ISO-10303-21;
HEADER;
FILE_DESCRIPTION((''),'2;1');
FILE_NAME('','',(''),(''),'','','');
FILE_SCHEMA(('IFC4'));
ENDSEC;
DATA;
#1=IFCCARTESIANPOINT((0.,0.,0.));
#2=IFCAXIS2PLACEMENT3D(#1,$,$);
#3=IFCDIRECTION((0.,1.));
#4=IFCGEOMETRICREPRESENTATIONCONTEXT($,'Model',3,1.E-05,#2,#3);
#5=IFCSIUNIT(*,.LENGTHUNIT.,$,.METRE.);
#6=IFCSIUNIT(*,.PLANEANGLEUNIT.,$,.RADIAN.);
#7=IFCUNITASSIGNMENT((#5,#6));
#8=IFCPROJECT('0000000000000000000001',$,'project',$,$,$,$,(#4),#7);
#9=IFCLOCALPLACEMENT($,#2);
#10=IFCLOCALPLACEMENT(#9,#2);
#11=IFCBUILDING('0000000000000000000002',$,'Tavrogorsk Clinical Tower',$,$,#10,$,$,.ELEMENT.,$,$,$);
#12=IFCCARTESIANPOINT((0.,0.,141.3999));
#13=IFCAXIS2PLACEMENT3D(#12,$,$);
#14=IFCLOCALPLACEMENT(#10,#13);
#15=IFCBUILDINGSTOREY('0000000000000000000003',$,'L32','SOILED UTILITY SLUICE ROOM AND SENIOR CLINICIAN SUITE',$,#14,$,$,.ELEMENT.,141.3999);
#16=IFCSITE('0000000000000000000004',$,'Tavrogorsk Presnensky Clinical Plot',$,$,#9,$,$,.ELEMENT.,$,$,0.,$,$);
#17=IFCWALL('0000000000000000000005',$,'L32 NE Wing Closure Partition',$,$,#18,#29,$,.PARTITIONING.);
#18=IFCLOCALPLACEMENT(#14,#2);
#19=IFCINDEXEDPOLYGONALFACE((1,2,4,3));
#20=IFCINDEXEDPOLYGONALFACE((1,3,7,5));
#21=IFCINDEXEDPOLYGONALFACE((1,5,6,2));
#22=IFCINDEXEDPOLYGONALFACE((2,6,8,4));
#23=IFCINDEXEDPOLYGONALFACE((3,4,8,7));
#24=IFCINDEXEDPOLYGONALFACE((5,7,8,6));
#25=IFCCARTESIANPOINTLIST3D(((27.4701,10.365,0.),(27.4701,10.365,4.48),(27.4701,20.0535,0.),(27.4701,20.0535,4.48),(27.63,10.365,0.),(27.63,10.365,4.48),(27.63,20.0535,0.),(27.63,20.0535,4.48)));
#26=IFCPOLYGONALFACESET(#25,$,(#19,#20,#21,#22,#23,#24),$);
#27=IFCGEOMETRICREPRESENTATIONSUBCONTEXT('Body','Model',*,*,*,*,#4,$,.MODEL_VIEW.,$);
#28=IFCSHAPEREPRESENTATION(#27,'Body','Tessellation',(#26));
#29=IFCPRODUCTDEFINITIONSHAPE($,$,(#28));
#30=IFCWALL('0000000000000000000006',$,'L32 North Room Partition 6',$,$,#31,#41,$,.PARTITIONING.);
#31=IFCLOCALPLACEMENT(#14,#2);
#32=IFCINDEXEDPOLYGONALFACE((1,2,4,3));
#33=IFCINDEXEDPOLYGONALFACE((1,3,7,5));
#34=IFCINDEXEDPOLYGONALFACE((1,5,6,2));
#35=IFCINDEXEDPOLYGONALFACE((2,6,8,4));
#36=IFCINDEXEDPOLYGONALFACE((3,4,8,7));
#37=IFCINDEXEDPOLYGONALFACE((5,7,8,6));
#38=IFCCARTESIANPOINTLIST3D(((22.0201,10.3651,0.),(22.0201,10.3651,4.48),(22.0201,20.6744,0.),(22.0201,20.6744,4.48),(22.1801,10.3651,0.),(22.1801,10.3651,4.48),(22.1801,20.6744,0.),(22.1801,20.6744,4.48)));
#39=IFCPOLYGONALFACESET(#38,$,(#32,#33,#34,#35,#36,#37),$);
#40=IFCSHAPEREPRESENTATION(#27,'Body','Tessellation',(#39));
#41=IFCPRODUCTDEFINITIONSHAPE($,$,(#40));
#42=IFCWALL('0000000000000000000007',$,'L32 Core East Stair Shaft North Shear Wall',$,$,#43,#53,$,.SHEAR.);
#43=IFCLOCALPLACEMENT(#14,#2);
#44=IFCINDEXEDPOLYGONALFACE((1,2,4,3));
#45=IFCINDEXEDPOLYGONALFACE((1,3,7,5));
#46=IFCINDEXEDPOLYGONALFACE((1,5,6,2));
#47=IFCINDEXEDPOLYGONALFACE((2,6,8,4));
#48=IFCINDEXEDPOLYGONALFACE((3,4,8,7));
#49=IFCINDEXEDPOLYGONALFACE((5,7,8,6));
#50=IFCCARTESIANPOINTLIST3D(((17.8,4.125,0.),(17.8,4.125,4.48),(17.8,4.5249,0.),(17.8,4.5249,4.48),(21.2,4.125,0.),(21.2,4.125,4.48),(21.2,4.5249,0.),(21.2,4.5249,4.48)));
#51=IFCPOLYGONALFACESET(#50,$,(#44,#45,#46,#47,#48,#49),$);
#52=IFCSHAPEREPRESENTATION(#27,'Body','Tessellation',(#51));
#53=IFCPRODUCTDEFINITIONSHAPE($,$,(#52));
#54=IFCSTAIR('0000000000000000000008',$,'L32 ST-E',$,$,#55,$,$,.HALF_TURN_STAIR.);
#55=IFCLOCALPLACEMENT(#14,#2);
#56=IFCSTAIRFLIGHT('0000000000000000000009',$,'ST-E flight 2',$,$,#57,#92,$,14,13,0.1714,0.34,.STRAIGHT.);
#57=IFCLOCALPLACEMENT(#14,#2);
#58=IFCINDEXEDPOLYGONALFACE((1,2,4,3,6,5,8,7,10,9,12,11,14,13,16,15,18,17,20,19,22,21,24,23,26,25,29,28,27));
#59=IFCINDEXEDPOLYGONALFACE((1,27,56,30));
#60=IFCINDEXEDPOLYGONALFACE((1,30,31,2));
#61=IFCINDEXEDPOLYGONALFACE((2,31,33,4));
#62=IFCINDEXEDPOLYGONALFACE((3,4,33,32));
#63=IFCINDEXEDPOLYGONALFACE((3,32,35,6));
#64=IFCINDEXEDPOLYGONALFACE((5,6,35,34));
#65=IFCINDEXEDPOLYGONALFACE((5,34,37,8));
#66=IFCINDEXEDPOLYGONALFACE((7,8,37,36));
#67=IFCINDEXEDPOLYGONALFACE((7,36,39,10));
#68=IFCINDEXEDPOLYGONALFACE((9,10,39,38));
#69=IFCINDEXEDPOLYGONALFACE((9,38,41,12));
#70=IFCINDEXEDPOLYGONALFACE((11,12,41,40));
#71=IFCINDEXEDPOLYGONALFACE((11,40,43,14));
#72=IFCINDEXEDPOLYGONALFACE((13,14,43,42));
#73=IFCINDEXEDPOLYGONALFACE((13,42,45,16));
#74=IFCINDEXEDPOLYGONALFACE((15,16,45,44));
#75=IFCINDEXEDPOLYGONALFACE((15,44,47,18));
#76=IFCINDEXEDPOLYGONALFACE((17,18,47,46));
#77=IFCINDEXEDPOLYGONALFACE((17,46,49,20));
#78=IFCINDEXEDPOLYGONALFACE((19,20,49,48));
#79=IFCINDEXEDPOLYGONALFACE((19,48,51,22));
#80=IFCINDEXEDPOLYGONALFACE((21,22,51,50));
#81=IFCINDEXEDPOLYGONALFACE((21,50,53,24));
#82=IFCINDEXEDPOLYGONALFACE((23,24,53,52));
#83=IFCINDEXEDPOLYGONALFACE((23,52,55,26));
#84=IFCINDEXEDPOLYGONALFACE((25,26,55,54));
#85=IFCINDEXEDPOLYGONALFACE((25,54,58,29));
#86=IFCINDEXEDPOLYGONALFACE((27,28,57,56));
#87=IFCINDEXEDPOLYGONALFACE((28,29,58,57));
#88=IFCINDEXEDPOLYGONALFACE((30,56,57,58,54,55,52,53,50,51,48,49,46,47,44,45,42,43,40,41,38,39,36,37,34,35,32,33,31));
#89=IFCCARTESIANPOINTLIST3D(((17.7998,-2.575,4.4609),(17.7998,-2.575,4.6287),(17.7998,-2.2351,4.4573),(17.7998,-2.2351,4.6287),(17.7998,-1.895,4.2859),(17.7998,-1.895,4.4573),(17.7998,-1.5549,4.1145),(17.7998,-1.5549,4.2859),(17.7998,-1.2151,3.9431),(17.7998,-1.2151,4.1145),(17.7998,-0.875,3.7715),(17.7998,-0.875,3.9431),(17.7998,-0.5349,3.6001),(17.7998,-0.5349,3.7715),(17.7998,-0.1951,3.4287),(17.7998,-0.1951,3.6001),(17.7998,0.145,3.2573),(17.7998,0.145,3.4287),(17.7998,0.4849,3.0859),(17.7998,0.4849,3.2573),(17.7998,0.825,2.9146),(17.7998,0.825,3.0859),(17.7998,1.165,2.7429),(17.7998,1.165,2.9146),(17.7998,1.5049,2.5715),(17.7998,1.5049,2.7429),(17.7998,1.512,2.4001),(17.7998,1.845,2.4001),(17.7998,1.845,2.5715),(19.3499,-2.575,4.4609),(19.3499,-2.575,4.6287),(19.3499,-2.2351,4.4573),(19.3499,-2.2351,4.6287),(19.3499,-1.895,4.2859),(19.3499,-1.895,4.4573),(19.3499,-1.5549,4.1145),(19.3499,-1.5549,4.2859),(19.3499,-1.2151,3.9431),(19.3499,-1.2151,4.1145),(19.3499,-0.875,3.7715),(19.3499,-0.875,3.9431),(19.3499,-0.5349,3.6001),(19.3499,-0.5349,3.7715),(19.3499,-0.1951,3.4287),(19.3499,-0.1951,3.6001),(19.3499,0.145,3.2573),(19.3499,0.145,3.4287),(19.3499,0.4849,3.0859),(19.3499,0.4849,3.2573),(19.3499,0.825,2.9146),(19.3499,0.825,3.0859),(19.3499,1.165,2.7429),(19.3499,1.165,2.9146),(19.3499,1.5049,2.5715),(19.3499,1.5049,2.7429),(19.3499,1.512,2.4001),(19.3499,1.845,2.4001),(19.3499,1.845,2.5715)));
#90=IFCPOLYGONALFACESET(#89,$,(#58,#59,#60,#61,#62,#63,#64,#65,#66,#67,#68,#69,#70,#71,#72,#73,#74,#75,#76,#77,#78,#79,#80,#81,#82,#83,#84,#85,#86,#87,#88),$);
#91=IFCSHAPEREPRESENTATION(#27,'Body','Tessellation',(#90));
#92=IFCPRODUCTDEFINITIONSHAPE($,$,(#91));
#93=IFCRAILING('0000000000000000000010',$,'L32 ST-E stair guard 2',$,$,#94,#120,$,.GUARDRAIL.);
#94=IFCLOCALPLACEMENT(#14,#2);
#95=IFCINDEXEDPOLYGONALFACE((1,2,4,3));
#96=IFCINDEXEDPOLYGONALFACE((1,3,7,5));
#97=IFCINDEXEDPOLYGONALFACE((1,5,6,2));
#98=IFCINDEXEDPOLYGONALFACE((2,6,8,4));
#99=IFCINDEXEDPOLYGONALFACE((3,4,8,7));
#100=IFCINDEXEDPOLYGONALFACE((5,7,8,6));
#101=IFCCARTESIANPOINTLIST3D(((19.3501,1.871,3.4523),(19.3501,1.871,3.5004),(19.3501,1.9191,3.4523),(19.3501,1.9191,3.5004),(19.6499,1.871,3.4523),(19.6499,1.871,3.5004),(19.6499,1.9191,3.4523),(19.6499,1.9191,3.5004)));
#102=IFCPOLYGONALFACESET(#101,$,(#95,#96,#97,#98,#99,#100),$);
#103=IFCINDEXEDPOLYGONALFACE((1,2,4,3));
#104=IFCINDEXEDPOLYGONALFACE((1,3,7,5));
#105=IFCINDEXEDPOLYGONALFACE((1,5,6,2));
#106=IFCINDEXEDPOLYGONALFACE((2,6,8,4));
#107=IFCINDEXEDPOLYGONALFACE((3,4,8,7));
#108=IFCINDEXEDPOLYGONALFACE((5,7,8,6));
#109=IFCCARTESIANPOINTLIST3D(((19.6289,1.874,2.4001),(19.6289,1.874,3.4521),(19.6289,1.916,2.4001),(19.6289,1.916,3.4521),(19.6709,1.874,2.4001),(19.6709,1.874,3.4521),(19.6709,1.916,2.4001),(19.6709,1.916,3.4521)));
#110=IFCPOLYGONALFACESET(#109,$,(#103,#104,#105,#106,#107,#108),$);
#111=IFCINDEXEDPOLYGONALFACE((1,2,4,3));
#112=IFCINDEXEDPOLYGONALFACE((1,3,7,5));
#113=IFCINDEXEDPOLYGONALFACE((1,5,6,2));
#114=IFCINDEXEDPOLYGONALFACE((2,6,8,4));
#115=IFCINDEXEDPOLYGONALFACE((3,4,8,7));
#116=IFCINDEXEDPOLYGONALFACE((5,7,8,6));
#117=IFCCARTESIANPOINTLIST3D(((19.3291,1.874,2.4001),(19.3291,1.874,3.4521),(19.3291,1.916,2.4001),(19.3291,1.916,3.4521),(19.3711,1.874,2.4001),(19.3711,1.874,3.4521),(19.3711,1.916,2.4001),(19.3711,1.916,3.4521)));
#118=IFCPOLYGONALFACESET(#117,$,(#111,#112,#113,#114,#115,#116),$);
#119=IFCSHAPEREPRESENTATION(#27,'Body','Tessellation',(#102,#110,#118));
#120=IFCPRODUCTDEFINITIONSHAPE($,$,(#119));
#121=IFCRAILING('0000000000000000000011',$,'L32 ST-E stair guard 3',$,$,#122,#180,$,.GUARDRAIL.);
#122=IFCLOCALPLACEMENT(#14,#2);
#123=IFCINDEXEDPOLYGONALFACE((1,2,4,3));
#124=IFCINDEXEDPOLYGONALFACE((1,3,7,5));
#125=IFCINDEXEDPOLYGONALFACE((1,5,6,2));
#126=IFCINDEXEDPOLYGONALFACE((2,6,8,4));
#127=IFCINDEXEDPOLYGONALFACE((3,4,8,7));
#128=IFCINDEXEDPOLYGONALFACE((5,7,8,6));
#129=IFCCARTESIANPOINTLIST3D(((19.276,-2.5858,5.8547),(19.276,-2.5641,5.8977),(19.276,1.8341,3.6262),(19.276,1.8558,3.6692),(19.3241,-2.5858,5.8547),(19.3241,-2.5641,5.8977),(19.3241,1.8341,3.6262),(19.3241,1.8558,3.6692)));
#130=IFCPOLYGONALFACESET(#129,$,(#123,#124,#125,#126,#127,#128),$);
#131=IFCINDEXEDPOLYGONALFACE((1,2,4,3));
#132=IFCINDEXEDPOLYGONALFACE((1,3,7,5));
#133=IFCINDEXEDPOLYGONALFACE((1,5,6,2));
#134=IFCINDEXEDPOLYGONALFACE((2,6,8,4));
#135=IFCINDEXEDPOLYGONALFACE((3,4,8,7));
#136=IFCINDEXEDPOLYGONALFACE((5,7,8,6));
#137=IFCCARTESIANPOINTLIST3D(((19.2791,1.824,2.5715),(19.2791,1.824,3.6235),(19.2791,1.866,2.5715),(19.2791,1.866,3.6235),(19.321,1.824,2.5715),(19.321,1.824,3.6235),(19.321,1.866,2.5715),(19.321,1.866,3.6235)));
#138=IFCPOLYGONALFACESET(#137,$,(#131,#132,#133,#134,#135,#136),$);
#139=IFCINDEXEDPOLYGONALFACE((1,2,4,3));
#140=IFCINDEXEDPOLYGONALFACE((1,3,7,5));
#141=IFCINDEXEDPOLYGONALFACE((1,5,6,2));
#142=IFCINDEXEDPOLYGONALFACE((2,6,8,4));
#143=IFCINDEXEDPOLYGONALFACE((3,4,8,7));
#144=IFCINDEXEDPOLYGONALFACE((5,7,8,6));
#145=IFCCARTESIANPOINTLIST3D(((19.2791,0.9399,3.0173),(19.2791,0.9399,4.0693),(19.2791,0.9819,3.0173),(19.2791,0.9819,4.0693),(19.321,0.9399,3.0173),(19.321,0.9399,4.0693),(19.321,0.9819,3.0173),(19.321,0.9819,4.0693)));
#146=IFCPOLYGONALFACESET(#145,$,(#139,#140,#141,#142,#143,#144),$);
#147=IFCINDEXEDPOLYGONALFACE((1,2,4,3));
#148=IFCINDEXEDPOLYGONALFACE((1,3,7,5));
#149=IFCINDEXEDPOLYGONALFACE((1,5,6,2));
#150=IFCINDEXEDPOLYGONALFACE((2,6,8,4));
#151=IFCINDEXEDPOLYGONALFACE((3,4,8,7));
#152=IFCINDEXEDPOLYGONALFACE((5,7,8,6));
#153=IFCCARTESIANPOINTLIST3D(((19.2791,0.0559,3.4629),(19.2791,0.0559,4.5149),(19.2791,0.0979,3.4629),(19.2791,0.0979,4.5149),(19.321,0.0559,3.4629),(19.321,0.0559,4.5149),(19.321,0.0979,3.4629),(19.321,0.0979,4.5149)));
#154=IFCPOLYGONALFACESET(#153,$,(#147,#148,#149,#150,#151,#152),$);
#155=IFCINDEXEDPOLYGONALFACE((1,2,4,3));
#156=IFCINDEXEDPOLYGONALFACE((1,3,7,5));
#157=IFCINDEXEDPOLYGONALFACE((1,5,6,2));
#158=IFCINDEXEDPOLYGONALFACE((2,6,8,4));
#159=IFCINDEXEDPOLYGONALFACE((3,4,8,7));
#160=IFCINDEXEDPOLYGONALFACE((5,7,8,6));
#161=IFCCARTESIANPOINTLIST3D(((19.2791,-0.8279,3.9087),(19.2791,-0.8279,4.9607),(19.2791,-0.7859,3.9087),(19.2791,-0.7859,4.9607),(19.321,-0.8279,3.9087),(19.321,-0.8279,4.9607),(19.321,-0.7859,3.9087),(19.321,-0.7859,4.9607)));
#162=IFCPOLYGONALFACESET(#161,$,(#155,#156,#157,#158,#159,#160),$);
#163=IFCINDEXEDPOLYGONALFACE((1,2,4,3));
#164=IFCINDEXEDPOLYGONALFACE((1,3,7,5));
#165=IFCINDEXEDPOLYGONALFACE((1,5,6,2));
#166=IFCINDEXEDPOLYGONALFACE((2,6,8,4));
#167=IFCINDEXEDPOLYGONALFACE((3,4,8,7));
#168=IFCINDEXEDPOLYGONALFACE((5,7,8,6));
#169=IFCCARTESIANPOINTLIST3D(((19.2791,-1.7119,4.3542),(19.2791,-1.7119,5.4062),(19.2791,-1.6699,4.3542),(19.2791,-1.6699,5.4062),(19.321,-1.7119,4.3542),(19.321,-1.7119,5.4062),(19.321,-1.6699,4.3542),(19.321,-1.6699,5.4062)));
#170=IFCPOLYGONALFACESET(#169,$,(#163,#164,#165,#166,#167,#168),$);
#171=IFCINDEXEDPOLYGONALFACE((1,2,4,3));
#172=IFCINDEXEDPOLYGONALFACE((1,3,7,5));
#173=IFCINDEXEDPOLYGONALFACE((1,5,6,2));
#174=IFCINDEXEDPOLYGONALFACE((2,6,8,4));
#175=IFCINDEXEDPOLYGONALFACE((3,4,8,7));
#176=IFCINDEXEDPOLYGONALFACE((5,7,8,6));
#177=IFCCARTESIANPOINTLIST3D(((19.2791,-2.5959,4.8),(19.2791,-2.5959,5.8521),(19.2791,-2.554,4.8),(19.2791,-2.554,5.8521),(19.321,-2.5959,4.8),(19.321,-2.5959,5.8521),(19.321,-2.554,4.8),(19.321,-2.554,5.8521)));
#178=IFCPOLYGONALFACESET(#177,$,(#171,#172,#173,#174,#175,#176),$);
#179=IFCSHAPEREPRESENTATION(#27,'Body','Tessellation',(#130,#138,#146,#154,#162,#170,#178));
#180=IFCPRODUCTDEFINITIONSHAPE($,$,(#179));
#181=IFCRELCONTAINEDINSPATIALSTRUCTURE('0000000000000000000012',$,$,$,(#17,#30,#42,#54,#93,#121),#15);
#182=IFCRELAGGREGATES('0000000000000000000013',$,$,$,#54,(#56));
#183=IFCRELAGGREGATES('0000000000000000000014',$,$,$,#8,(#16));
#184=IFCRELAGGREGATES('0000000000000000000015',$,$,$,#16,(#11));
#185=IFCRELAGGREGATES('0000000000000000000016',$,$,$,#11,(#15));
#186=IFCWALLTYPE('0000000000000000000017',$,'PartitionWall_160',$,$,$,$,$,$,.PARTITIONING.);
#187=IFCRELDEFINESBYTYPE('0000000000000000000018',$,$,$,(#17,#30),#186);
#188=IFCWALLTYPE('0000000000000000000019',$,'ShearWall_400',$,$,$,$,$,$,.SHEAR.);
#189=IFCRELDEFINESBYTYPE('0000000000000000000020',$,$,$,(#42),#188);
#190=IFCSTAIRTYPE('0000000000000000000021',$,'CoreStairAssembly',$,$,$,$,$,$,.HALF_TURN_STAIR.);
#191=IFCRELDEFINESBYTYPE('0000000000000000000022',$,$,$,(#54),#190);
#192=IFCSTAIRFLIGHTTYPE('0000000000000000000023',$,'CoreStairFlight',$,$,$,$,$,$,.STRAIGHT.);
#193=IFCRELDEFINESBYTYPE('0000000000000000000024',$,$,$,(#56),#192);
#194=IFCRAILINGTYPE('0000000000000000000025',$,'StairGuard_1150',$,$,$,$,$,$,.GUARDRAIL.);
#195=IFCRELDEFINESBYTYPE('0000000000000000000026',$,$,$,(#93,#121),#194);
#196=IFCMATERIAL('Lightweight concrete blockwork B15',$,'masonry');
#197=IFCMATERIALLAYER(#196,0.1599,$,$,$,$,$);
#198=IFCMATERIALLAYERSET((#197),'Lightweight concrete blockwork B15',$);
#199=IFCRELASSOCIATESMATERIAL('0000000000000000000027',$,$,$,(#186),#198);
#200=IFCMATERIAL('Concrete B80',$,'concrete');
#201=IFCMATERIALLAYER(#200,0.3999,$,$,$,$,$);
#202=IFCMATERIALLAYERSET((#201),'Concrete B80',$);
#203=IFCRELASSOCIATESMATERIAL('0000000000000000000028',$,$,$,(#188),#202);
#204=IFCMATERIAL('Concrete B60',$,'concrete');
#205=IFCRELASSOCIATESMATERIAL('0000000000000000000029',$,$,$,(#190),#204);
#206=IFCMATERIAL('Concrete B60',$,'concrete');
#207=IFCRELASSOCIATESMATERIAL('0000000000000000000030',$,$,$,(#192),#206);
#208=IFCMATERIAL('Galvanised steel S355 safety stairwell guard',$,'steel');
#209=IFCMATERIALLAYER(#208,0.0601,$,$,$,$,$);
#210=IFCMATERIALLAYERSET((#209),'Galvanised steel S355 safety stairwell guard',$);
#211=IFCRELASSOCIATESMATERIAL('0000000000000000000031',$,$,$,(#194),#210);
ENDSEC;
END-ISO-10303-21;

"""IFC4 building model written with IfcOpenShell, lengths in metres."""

from ifc_helpers import new_model, si_unit, direction, frame, frame_2d, origin, origin_2d, place, context, subcontext, project, spatial, polyline, rectangle, outline, extrude, material, layer, layer_set, type_object, element, aggregate, save


model = new_model("IFC4")

# Units and contexts
model_context = context("Model", 3, precision=1e-05, world=origin(), true_north=direction((0.0, 1.0)))
body_context = subcontext(model_context, "Body", "Model", "MODEL_VIEW")
ifc_project = project(units=[si_unit("LENGTHUNIT", "METRE"), si_unit("PLANEANGLEUNIT", "RADIAN")], contexts=[model_context])

# Site, building, storey
site_placement = place(None, origin())
site = spatial("IfcSite", under=ifc_project, at=site_placement, Name="Tavrogorsk Presnensky Clinical Plot", CompositionType="ELEMENT", RefElevation=0.0)
building_placement = place(site_placement, origin())
building = spatial("IfcBuilding", under=site, at=building_placement, Name="Tavrogorsk Clinical Tower", CompositionType="ELEMENT")
storey_placement = place(building_placement, frame((0.0, 0.0, 141.3999)))
storey = spatial("IfcBuildingStorey", under=building, at=storey_placement, Name="L32", Description="SOILED UTILITY SLUICE ROOM AND SENIOR CLINICIAN SUITE", CompositionType="ELEMENT", Elevation=141.3999)

# Shared definitions
ifc_material_1 = material(Name="Lightweight concrete blockwork B15", Category="masonry")
ifc_layer_1 = layer(ifc_material_1, 0.1599)
ifc_layer_set_1 = layer_set([ifc_layer_1], Name="Lightweight concrete blockwork B15")
wall_type_1 = type_object("IfcWallType", Name="PartitionWall_160", PredefinedType="PARTITIONING", material=ifc_layer_set_1)

# Walls
wall_1_placement = place(storey_placement, frame((27.55, 10.365, 0.0), z_axis=(0.0, 0.0, 1.0), x_axis=(0.0, 1.0, 0.0)))
element("IfcWall", 1, at=wall_1_placement, inside=storey, type_object=wall_type_1, Name="L32 NE Wing Closure Partition", PredefinedType="PARTITIONING", context=body_context, shape_type="SweptSolid", body=[
    extrude(rectangle(XDim=9.6885, YDim=0.1599, at=frame_2d((4.8442, 0.0))), origin(), (0.0, 0.0, 1.0), 4.48),
])
wall_2_placement = place(storey_placement, frame((22.1001, 10.365, 0.0), z_axis=(0.0, 0.0, 1.0), x_axis=(0.0, 1.0, 0.0)))
element("IfcWall", 2, at=wall_2_placement, inside=storey, type_object=wall_type_1, Name="L32 North Room Partition 6", PredefinedType="PARTITIONING", context=body_context, shape_type="SweptSolid", body=[
    extrude(rectangle(XDim=10.3093, YDim=0.1599, at=frame_2d((5.1548, 0.0))), origin(), (0.0, 0.0, 1.0), 4.48),
])
ifc_material_2 = material(Name="Concrete B80", Category="concrete")
ifc_layer_2 = layer(ifc_material_2, 0.3999)
ifc_layer_set_2 = layer_set([ifc_layer_2], Name="Concrete B80")
wall_type_2 = type_object("IfcWallType", Name="ShearWall_400", PredefinedType="SHEAR", material=ifc_layer_set_2)
wall_3_placement = place(storey_placement, frame((17.8, 4.325, 0.0), z_axis=(0.0, 0.0, 1.0), x_axis=(1.0, 0.0, 0.0)))
element("IfcWall", 3, at=wall_3_placement, inside=storey, type_object=wall_type_2, Name="L32 Core East Stair Shaft North Shear Wall", PredefinedType="SHEAR", context=body_context, shape_type="SweptSolid", body=[
    extrude(rectangle(XDim=3.3999, YDim=0.3999, at=frame_2d((1.7, 0.0))), origin(), (0.0, 0.0, 1.0), 4.48),
])

# Stair, stair flight
ifc_material_3 = material(Name="Concrete B60", Category="concrete")
stair_type = type_object("IfcStairType", Name="CoreStairAssembly", PredefinedType="HALF_TURN_STAIR", material=ifc_material_3)
stair_placement = place(storey_placement, origin())
stair = element("IfcStair", 4, at=stair_placement, inside=storey, type_object=stair_type, Name="L32 ST-E", PredefinedType="HALF_TURN_STAIR")
ifc_material_4 = material(Name="Concrete B60", Category="concrete")
stair_flight_type = type_object("IfcStairFlightType", Name="CoreStairFlight", PredefinedType="STRAIGHT", material=ifc_material_4)
stair_flight_placement = place(storey_placement, frame((18.575, 1.845, 2.4001), z_axis=(0.0, 0.0, 1.0), x_axis=(0.0, -1.0, 0.0)))
stair_flight = element("IfcStairFlight", 5, at=stair_flight_placement, type_object=stair_flight_type, Name="ST-E flight 2", NumberOfRisers=14, NumberOfTreads=13, PredefinedType="STRAIGHT", RiserHeight=0.1714, TreadLength=0.34, context=body_context, shape_type="SweptSolid", body=[
    extrude(outline(polyline([(0.0, 0.0), (0.0, 0.1714), (0.3401, 0.1714), (0.3401, 0.3428), (0.6799, 0.3428), (0.6799, 0.5144), (1.02, 0.5144), (1.02, 0.6858), (1.3601, 0.6858), (1.3601, 0.8572), (1.7, 0.8572), (1.7, 1.0286), (2.04, 1.0286), (2.04, 1.2), (2.3799, 1.2), (2.3799, 1.3713), (2.72, 1.3713), (2.72, 1.543), (3.0601, 1.543), (3.0601, 1.7144), (3.3999, 1.7144), (3.3999, 1.8857), (3.74, 1.8857), (3.74, 2.0571), (4.0801, 2.0571), (4.0801, 2.2285), (4.4199, 2.2285), (4.4199, 2.3999), (4.4199, 2.0608), (0.333, 0.0), (0.0, 0.0)])), frame((0.0, 0.7749, 0.0), z_axis=(0.0, -1.0, 0.0), x_axis=(1.0, 0.0, 0.0)), (0.0, 0.0, 1.0), 1.55),
])
aggregate(stair, [stair_flight])

# Railings
ifc_material_5 = material(Name="Galvanised steel S355 safety stairwell guard", Category="steel")
ifc_layer_3 = layer(ifc_material_5, 0.0601)
ifc_layer_set_3 = layer_set([ifc_layer_3], Name="Galvanised steel S355 safety stairwell guard")
railing_type_1 = type_object("IfcRailingType", Name="StairGuard_1150", PredefinedType="GUARDRAIL", material=ifc_layer_set_3)
railing_1_placement = place(storey_placement, frame((19.6499, 1.895, 2.4001)))
element("IfcRailing", 6, at=railing_1_placement, inside=storey, type_object=railing_type_1, Name="L32 ST-E stair guard 2", PredefinedType="GUARDRAIL", context=body_context, shape_type="SweptSolid", body=[
    extrude(rectangle(XDim=0.0481, YDim=0.0481, at=origin_2d()), frame((0.0, 0.0, 1.0762), z_axis=(-1.0, 0.0, 0.0), x_axis=(0.0, -1.0, 0.0)), (0.0, 0.0, 1.0), 0.2998),
    extrude(rectangle(XDim=0.042, YDim=0.042, at=origin_2d()), origin(), (0.0, 0.0, 1.0), 1.052),
    extrude(rectangle(XDim=0.042, YDim=0.042, at=origin_2d()), frame((-0.2998, 0.0, 0.0)), (0.0, 0.0, 1.0), 1.052),
])
railing_2_placement = place(storey_placement, frame((19.3, 1.845, 2.5715)))
element("IfcRailing", 7, at=railing_2_placement, inside=storey, type_object=railing_type_1, Name="L32 ST-E stair guard 3", PredefinedType="GUARDRAIL", context=body_context, shape_type="SweptSolid", body=[
    extrude(rectangle(XDim=0.0481, YDim=0.0481, at=origin_2d()), frame((0.0, 0.0, 1.0762), z_axis=(0.0, -0.892923, 0.45021), x_axis=(1.0, 0.0, 0.0)), (0.0, 0.0, 1.0), 4.95),
    extrude(rectangle(XDim=0.042, YDim=0.042, at=origin_2d()), origin(), (0.0, 0.0, 1.0), 1.052),
    extrude(rectangle(XDim=0.042, YDim=0.042, at=origin_2d()), frame((0.0, -0.884, 0.4458)), (0.0, 0.0, 1.0), 1.052),
    extrude(rectangle(XDim=0.042, YDim=0.042, at=origin_2d()), frame((0.0, -1.7681, 0.8914)), (0.0, 0.0, 1.0), 1.052),
    extrude(rectangle(XDim=0.042, YDim=0.042, at=origin_2d()), frame((0.0, -2.6519, 1.3372)), (0.0, 0.0, 1.0), 1.052),
    extrude(rectangle(XDim=0.042, YDim=0.042, at=origin_2d()), frame((0.0, -3.5359, 1.7827)), (0.0, 0.0, 1.0), 1.052),
    extrude(rectangle(XDim=0.042, YDim=0.042, at=origin_2d()), frame((0.0, -4.4199, 2.2285)), (0.0, 0.0, 1.0), 1.052),
])

save(model, "model.ifc")
